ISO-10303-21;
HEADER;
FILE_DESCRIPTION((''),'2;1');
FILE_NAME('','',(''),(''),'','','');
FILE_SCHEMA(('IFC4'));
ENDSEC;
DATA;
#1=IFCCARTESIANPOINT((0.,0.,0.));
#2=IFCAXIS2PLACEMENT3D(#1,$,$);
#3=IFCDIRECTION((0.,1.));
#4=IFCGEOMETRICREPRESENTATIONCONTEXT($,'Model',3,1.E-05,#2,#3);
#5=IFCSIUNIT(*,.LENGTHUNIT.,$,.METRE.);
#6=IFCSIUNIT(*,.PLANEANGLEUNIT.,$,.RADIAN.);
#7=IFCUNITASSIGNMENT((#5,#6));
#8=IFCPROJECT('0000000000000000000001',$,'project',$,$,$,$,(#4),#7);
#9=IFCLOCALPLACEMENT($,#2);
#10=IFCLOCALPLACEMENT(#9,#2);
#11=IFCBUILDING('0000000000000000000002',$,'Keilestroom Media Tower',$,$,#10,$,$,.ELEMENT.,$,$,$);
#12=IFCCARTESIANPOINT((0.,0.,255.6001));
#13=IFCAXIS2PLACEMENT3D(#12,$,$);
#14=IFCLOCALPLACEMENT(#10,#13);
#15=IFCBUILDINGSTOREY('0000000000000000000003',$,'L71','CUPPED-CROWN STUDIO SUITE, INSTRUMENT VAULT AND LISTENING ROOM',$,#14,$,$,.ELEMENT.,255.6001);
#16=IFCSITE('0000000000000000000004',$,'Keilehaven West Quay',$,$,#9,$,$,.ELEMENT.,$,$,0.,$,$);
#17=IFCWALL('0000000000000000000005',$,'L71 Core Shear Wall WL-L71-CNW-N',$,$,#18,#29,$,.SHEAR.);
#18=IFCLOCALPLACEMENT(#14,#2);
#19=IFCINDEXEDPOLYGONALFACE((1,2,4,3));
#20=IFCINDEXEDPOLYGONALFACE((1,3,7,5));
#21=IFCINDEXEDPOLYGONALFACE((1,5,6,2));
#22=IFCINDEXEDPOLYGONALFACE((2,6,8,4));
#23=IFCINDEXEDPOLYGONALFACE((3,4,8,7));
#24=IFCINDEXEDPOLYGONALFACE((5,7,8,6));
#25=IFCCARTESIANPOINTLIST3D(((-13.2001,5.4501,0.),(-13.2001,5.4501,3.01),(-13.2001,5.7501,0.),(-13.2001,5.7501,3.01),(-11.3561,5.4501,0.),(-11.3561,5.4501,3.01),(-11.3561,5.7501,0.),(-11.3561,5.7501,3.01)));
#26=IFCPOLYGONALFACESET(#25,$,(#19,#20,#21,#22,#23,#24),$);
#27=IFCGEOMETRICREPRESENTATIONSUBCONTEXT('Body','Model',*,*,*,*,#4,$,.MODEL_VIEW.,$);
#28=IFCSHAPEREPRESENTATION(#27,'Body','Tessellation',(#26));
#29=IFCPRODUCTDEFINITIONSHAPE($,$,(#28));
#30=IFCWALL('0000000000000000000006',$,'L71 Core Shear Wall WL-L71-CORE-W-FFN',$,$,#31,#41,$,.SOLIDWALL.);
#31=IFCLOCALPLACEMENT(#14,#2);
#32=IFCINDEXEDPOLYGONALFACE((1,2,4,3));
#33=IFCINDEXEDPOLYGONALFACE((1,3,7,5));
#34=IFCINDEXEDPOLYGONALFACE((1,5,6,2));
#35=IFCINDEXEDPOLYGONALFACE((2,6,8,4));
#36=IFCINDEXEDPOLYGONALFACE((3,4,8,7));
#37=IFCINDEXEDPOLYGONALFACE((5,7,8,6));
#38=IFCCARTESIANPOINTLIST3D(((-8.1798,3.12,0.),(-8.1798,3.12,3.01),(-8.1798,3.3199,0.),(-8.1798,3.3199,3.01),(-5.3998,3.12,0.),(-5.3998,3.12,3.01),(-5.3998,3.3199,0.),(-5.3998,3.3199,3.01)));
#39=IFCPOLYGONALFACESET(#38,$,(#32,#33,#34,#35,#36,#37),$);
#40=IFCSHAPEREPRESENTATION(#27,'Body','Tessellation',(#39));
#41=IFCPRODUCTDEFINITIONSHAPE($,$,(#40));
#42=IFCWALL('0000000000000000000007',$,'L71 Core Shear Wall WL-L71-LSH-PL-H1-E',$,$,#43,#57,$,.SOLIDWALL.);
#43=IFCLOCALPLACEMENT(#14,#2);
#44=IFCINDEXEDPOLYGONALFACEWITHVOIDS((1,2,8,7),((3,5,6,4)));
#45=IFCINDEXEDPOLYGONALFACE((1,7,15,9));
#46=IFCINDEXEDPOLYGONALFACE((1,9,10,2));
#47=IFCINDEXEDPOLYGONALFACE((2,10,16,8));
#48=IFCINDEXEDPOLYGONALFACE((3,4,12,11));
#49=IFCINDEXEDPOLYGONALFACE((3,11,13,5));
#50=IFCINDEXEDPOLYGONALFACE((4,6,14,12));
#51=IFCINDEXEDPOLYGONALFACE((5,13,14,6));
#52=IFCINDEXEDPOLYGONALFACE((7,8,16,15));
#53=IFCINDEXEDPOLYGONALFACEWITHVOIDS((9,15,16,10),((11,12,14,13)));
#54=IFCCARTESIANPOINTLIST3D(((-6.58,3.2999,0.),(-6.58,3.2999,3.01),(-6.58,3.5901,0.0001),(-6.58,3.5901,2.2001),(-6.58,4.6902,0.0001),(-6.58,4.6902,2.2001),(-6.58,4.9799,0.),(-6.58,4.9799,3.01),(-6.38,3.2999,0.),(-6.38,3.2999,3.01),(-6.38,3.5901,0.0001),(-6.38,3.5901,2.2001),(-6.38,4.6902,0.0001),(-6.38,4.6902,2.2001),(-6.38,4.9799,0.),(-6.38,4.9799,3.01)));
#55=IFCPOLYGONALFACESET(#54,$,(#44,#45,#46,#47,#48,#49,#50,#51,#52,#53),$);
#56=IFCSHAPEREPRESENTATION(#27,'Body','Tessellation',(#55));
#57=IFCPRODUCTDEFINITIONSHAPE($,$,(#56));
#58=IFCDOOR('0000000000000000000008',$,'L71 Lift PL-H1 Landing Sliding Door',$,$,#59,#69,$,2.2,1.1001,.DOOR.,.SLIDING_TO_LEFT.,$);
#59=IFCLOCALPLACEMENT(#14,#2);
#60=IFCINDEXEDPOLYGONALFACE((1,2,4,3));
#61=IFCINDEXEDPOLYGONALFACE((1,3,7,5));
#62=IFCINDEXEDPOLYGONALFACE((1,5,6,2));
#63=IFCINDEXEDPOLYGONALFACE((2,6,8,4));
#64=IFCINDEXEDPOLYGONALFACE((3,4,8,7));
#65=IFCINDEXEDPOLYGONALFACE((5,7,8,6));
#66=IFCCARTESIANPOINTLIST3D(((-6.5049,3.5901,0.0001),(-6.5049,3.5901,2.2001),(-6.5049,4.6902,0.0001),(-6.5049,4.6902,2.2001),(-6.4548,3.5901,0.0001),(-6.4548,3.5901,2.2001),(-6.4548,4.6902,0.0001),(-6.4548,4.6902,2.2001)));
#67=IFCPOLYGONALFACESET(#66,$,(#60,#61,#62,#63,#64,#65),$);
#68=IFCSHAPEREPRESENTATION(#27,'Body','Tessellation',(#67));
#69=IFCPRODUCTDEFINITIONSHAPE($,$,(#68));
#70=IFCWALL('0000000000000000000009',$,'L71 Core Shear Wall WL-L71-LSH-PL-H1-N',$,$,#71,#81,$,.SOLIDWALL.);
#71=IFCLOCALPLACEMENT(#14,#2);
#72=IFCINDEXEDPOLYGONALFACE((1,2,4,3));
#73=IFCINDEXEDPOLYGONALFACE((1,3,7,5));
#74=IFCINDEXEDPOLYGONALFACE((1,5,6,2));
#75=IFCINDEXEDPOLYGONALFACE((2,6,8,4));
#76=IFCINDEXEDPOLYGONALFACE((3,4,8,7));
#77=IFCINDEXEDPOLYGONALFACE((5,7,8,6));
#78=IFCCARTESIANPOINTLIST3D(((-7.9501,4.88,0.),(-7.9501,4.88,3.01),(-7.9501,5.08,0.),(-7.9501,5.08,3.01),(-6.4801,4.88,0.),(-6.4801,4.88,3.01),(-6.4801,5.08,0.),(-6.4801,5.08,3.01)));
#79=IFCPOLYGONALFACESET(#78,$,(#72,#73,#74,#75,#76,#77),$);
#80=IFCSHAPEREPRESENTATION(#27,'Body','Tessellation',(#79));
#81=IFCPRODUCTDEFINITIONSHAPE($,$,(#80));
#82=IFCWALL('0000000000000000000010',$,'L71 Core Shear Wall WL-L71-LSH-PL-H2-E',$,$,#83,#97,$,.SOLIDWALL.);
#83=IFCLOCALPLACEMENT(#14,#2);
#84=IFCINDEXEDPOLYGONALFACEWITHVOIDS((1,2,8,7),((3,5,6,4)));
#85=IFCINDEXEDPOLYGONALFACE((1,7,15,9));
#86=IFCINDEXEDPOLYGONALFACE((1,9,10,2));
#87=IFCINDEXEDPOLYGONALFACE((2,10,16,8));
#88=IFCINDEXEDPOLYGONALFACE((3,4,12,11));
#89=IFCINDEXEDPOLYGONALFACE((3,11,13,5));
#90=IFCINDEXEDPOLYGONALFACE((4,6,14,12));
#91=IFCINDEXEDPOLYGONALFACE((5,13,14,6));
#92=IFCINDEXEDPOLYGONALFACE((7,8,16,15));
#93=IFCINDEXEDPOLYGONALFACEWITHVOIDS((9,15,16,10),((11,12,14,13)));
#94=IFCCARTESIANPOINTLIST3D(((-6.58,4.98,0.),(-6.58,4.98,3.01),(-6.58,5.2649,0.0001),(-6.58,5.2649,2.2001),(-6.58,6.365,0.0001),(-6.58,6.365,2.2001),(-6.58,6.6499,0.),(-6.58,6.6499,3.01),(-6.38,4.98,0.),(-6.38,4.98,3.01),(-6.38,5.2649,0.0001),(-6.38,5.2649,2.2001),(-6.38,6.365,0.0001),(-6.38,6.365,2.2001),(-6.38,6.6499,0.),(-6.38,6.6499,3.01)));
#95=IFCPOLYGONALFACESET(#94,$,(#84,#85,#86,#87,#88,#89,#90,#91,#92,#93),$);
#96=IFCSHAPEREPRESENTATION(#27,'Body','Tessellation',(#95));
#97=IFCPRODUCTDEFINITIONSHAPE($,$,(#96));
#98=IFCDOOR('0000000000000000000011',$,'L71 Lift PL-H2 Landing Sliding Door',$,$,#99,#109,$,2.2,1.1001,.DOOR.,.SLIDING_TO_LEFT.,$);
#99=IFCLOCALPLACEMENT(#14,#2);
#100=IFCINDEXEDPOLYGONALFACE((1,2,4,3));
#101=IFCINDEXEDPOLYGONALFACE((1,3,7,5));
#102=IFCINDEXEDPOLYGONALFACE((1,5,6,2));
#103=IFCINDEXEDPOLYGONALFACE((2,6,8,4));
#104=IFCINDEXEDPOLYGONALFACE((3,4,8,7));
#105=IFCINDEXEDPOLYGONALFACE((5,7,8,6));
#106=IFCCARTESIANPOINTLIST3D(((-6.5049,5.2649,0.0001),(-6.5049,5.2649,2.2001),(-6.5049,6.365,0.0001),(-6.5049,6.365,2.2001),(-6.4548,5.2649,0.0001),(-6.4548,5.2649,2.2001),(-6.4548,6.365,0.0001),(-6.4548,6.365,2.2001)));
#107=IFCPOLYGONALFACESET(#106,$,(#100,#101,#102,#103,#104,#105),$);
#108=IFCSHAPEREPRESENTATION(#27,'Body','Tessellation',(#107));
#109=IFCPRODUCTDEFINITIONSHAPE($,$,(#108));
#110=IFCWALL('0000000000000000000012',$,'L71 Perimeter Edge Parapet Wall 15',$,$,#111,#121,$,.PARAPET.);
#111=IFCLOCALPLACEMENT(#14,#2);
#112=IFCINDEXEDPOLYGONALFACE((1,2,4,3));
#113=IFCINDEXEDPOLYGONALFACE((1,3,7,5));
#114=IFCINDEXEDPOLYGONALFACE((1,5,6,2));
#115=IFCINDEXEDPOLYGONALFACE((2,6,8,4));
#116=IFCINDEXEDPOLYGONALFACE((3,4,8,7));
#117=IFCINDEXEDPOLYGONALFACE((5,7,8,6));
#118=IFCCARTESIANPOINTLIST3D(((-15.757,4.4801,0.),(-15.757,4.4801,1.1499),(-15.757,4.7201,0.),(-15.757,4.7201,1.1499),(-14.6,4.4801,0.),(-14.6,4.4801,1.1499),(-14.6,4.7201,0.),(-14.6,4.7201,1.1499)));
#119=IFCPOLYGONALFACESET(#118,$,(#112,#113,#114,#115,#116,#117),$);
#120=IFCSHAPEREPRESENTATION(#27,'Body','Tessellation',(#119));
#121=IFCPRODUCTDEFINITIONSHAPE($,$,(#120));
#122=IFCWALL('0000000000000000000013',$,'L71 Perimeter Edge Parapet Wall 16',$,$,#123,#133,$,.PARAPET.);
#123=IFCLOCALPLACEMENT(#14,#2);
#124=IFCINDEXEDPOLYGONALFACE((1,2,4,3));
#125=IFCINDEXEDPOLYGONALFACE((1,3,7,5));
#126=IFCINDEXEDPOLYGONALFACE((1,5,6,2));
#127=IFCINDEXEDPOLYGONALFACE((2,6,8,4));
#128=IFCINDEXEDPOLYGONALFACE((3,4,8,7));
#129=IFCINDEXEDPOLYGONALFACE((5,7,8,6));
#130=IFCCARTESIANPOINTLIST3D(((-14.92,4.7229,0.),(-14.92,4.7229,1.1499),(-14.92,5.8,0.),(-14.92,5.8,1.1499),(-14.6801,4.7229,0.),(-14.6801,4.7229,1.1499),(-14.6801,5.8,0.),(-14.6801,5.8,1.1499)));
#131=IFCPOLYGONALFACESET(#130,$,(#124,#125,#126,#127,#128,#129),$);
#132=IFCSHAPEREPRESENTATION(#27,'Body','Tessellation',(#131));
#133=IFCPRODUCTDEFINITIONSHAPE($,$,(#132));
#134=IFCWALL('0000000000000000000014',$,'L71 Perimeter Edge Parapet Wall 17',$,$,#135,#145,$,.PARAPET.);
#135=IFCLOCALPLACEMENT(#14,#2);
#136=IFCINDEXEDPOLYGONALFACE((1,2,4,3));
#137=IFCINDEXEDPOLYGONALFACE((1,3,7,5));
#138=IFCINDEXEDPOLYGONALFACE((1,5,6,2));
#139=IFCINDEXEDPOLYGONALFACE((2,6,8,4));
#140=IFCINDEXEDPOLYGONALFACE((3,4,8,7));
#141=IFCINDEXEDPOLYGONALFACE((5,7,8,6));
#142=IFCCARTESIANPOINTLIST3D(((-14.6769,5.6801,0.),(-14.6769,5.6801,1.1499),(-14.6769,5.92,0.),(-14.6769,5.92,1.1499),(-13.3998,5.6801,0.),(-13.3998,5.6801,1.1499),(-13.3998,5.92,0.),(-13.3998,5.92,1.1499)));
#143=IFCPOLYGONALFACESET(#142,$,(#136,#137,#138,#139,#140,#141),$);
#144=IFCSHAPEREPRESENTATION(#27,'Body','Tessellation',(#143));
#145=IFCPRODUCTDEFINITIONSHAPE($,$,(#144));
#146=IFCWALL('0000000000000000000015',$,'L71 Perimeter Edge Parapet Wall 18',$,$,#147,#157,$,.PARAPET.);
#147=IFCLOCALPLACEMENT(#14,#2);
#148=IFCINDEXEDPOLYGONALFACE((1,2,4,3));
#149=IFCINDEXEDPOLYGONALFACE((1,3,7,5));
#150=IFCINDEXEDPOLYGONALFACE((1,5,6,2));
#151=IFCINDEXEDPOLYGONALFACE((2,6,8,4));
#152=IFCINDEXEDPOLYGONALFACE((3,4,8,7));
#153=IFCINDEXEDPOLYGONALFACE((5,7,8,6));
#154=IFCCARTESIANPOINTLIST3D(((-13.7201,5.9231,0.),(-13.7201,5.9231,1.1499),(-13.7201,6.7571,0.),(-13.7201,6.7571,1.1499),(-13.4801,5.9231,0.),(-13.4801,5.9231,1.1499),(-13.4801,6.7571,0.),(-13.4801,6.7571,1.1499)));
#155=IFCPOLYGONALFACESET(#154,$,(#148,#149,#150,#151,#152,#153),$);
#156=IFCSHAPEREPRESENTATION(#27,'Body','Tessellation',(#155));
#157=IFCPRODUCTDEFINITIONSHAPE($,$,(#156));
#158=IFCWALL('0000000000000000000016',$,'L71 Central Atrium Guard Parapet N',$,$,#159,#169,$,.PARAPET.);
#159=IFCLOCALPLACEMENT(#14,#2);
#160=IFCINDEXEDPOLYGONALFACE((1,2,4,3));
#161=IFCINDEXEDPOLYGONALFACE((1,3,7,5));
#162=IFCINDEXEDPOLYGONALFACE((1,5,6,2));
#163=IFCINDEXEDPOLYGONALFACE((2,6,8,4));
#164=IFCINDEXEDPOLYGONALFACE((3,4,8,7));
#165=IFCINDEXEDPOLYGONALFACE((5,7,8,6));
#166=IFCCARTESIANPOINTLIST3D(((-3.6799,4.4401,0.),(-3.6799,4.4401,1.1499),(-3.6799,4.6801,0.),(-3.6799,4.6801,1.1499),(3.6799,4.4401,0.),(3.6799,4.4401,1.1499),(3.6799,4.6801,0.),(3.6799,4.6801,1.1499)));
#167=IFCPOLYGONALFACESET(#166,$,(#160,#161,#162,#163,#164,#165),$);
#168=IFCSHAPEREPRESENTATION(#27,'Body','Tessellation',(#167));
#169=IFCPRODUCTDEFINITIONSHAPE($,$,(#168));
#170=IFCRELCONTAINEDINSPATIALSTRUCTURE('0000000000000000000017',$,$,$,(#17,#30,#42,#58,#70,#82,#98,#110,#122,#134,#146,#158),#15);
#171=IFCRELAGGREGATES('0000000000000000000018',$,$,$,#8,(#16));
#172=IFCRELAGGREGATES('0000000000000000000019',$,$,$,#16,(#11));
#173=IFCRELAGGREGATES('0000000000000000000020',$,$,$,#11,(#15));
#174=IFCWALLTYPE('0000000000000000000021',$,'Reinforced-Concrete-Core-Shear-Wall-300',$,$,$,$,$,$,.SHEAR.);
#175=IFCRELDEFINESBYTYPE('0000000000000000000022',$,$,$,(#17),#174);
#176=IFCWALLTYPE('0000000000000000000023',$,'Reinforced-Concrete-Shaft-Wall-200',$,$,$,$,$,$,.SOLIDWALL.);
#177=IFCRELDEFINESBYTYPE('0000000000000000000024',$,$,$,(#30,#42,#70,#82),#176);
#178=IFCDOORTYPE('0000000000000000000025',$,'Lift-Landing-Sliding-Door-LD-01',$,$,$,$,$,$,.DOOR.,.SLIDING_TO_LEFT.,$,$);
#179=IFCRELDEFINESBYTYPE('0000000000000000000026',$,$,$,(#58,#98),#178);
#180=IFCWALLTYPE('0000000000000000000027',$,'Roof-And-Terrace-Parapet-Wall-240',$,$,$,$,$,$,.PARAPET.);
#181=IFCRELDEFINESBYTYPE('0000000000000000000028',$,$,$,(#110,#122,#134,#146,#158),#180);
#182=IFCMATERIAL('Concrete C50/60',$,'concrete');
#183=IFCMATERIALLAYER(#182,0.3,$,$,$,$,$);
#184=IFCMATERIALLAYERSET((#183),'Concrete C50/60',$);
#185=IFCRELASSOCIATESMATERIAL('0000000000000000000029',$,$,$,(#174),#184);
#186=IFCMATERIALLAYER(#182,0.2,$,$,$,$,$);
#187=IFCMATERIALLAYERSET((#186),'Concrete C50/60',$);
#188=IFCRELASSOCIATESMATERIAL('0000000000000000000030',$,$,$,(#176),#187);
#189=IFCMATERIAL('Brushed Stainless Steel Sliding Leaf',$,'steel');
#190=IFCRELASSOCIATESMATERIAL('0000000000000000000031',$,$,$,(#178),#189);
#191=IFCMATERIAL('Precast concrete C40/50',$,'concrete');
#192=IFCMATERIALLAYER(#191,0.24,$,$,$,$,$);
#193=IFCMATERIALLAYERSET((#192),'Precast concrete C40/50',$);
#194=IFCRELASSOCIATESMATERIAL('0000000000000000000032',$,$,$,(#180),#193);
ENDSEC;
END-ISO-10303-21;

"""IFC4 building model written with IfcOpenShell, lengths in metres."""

from ifc_helpers import new_model, si_unit, direction, frame, frame_2d, origin, place, context, subcontext, project, spatial, rectangle, extrude, source, transform, mapped, material, layer, layer_set, type_object, element, fill, save


model = new_model("IFC4")

# Units and contexts
model_context = context("Model", 3, precision=1e-05, world=origin(), true_north=direction((0.0, 1.0)))
body_context = subcontext(model_context, "Body", "Model", "MODEL_VIEW")
ifc_project = project(units=[si_unit("LENGTHUNIT", "METRE"), si_unit("PLANEANGLEUNIT", "RADIAN")], contexts=[model_context])

# Site, building, storey
site_placement = place(None, origin())
site = spatial("IfcSite", under=ifc_project, at=site_placement, Name="Keilehaven West Quay", CompositionType="ELEMENT", RefElevation=0.0)
building_placement = place(site_placement, origin())
building = spatial("IfcBuilding", under=site, at=building_placement, Name="Keilestroom Media Tower", CompositionType="ELEMENT")
storey_placement = place(building_placement, frame((0.0, 0.0, 255.6001)))
storey = spatial("IfcBuildingStorey", under=building, at=storey_placement, Name="L71", Description="CUPPED-CROWN STUDIO SUITE, INSTRUMENT VAULT AND LISTENING ROOM", CompositionType="ELEMENT", Elevation=255.6001)

# Shared definitions
ifc_material_1 = material(Name="Precast concrete C40/50", Category="concrete")

# Walls
ifc_material_2 = material(Name="Concrete C50/60", Category="concrete")
ifc_layer_1 = layer(ifc_material_2, 0.3)
ifc_layer_set_1 = layer_set([ifc_layer_1], Name="Concrete C50/60")
wall_type_1 = type_object("IfcWallType", Name="Reinforced-Concrete-Core-Shear-Wall-300", PredefinedType="SHEAR", material=ifc_layer_set_1)
wall_1_placement = place(storey_placement, frame((-13.2, 5.6001, 0.0), z_axis=(0.0, 0.0, 1.0), x_axis=(1.0, 0.0, 0.0)))
element("IfcWall", 1, at=wall_1_placement, inside=storey, type_object=wall_type_1, Name="L71 Core Shear Wall WL-L71-CNW-N", PredefinedType="SHEAR", context=body_context, shape_type="SweptSolid", body=[
    extrude(rectangle(XDim=1.844, YDim=0.3, at=frame_2d((0.9219, 0.0))), origin(), (0.0, 0.0, 1.0), 3.01),
])
ifc_layer_2 = layer(ifc_material_2, 0.2)
ifc_layer_set_2 = layer_set([ifc_layer_2], Name="Concrete C50/60")
wall_type_2 = type_object("IfcWallType", Name="Reinforced-Concrete-Shaft-Wall-200", PredefinedType="SOLIDWALL", material=ifc_layer_set_2)
wall_2_placement = place(storey_placement, frame((-8.1799, 3.22, 0.0), z_axis=(0.0, 0.0, 1.0), x_axis=(1.0, 0.0, 0.0)))
element("IfcWall", 2, at=wall_2_placement, inside=storey, type_object=wall_type_2, Name="L71 Core Shear Wall WL-L71-CORE-W-FFN", PredefinedType="SOLIDWALL", context=body_context, shape_type="SweptSolid", body=[
    extrude(rectangle(XDim=2.78, YDim=0.2, at=frame_2d((1.3901, 0.0))), origin(), (0.0, 0.0, 1.0), 3.01),
])

# Wall, opening, door
wall_3_placement = place(storey_placement, frame((-6.48, 3.3, 0.0), z_axis=(0.0, 0.0, 1.0), x_axis=(0.0, 1.0, 0.0)))
wall_3 = element("IfcWall", 3, at=wall_3_placement, inside=storey, type_object=wall_type_2, Name="L71 Core Shear Wall WL-L71-LSH-PL-H1-E", PredefinedType="SOLIDWALL", context=body_context, shape_type="SweptSolid", body=[
    extrude(rectangle(XDim=1.6799, YDim=0.2, at=frame_2d((0.8398, 0.0))), origin(), (0.0, 0.0, 1.0), 3.01),
])
opening_1_placement = place(wall_3_placement, frame((0.29, 0.0, 0.0)))
opening_1 = element("IfcOpeningElement", 4, at=opening_1_placement, cuts=wall_3, PredefinedType="OPENING", context=body_context, shape_type="SweptSolid", body=[
    extrude(rectangle(XDim=1.1001, YDim=2.2, at=frame_2d((0.55, 1.1001))), frame((0.0, 0.1099, 0.0), z_axis=(0.0, -1.0, 0.0), x_axis=(1.0, 0.0, 0.0)), (0.0, 0.0, 1.0), 0.22),
])
ifc_material_3 = material(Name="Brushed Stainless Steel Sliding Leaf", Category="steel")
door_type = type_object("IfcDoorType", Name="Lift-Landing-Sliding-Door-LD-01", OperationType="SLIDING_TO_LEFT", PredefinedType="DOOR", material=ifc_material_3)
shared_shape_1 = source(origin(), body_context, "Body", "SweptSolid", [
    extrude(rectangle(XDim=1.1001, YDim=2.2, at=frame_2d((0.55, 1.1001))), frame((0.0, 0.0249, 0.0), z_axis=(0.0, -1.0, 0.0), x_axis=(1.0, 0.0, 0.0)), (0.0, 0.0, 1.0), 0.05),
])
door_1_placement = place(opening_1_placement, origin())
door_1 = element("IfcDoor", 5, at=door_1_placement, inside=storey, type_object=door_type, Name="L71 Lift PL-H1 Landing Sliding Door", OperationType="SLIDING_TO_LEFT", OverallHeight=2.2, OverallWidth=1.1001, PredefinedType="DOOR", context=body_context, shape_type="MappedRepresentation", body=[
    mapped(shared_shape_1, transform((0.0, 0.0, 0.0), x_axis=(1.0, 0.0, 0.0), y_axis=(0.0, 1.0, 0.0), z_axis=(0.0, 0.0, 1.0), scale=1.0)),
])
fill(opening_1, door_1)

# Wall
wall_4_placement = place(storey_placement, frame((-7.95, 4.98, 0.0), z_axis=(0.0, 0.0, 1.0), x_axis=(1.0, 0.0, 0.0)))
element("IfcWall", 6, at=wall_4_placement, inside=storey, type_object=wall_type_2, Name="L71 Core Shear Wall WL-L71-LSH-PL-H1-N", PredefinedType="SOLIDWALL", context=body_context, shape_type="SweptSolid", body=[
    extrude(rectangle(XDim=1.47, YDim=0.2, at=frame_2d((0.7349, 0.0))), origin(), (0.0, 0.0, 1.0), 3.01),
])

# Wall, opening, door
wall_5_placement = place(storey_placement, frame((-6.48, 4.98, 0.0), z_axis=(0.0, 0.0, 1.0), x_axis=(0.0, 1.0, 0.0)))
wall_5 = element("IfcWall", 7, at=wall_5_placement, inside=storey, type_object=wall_type_2, Name="L71 Core Shear Wall WL-L71-LSH-PL-H2-E", PredefinedType="SOLIDWALL", context=body_context, shape_type="SweptSolid", body=[
    extrude(rectangle(XDim=1.6699, YDim=0.2, at=frame_2d((0.835, 0.0))), origin(), (0.0, 0.0, 1.0), 3.01),
])
opening_2_placement = place(wall_5_placement, frame((0.2849, 0.0, 0.0)))
opening_2 = element("IfcOpeningElement", 8, at=opening_2_placement, cuts=wall_5, PredefinedType="OPENING", context=body_context, shape_type="SweptSolid", body=[
    extrude(rectangle(XDim=1.1001, YDim=2.2, at=frame_2d((0.55, 1.1001))), frame((0.0, 0.1099, 0.0), z_axis=(0.0, -1.0, 0.0), x_axis=(1.0, 0.0, 0.0)), (0.0, 0.0, 1.0), 0.22),
])
door_2_placement = place(opening_2_placement, origin())
door_2 = element("IfcDoor", 9, at=door_2_placement, inside=storey, type_object=door_type, Name="L71 Lift PL-H2 Landing Sliding Door", OperationType="SLIDING_TO_LEFT", OverallHeight=2.2, OverallWidth=1.1001, PredefinedType="DOOR", context=body_context, shape_type="MappedRepresentation", body=[
    mapped(shared_shape_1, transform((0.0, 0.0, 0.0), x_axis=(1.0, 0.0, 0.0), y_axis=(0.0, 1.0, 0.0), z_axis=(0.0, 0.0, 1.0), scale=1.0)),
])
fill(opening_2, door_2)

# Walls
ifc_layer_3 = layer(ifc_material_1, 0.24)
ifc_layer_set_3 = layer_set([ifc_layer_3], Name="Precast concrete C40/50")
wall_type_3 = type_object("IfcWallType", Name="Roof-And-Terrace-Parapet-Wall-240", PredefinedType="PARAPET", material=ifc_layer_set_3)
wall_6_placement = place(storey_placement, frame((-15.7571, 4.6001, 0.0), z_axis=(0.0, 0.0, 1.0), x_axis=(1.0, 0.0, 0.0)))
element("IfcWall", 10, at=wall_6_placement, inside=storey, type_object=wall_type_3, Name="L71 Perimeter Edge Parapet Wall 15", PredefinedType="PARAPET", context=body_context, shape_type="SweptSolid", body=[
    extrude(rectangle(XDim=1.157, YDim=0.24, at=frame_2d((0.5786, 0.0))), origin(), (0.0, 0.0, 1.0), 1.1499),
])
wall_7_placement = place(storey_placement, frame((-14.8, 4.7229, 0.0), z_axis=(0.0, 0.0, 1.0), x_axis=(0.0, 1.0, 0.0)))
element("IfcWall", 11, at=wall_7_placement, inside=storey, type_object=wall_type_3, Name="L71 Perimeter Edge Parapet Wall 16", PredefinedType="PARAPET", context=body_context, shape_type="SweptSolid", body=[
    extrude(rectangle(XDim=1.0771, YDim=0.24, at=frame_2d((0.5386, 0.0))), origin(), (0.0, 0.0, 1.0), 1.1499),
])
wall_8_placement = place(storey_placement, frame((-14.677, 5.8, 0.0), z_axis=(0.0, 0.0, 1.0), x_axis=(1.0, 0.0, 0.0)))
element("IfcWall", 12, at=wall_8_placement, inside=storey, type_object=wall_type_3, Name="L71 Perimeter Edge Parapet Wall 17", PredefinedType="PARAPET", context=body_context, shape_type="SweptSolid", body=[
    extrude(rectangle(XDim=1.2771, YDim=0.24, at=frame_2d((0.6387, 0.0))), origin(), (0.0, 0.0, 1.0), 1.1499),
])
wall_9_placement = place(storey_placement, frame((-13.6001, 5.9231, 0.0), z_axis=(0.0, 0.0, 1.0), x_axis=(0.0, 1.0, 0.0)))
element("IfcWall", 13, at=wall_9_placement, inside=storey, type_object=wall_type_3, Name="L71 Perimeter Edge Parapet Wall 18", PredefinedType="PARAPET", context=body_context, shape_type="SweptSolid", body=[
    extrude(rectangle(XDim=0.834, YDim=0.24, at=frame_2d((0.417, 0.0))), origin(), (0.0, 0.0, 1.0), 1.1499),
])
wall_10_placement = place(storey_placement, frame((-3.6799, 4.5601, 0.0), z_axis=(0.0, 0.0, 1.0), x_axis=(1.0, 0.0, 0.0)))
element("IfcWall", 14, at=wall_10_placement, inside=storey, type_object=wall_type_3, Name="L71 Central Atrium Guard Parapet N", PredefinedType="PARAPET", context=body_context, shape_type="SweptSolid", body=[
    extrude(rectangle(XDim=7.3599, YDim=0.24, at=frame_2d((3.6799, 0.0))), origin(), (0.0, 0.0, 1.0), 1.1499),
])

save(model, "model.ifc")
